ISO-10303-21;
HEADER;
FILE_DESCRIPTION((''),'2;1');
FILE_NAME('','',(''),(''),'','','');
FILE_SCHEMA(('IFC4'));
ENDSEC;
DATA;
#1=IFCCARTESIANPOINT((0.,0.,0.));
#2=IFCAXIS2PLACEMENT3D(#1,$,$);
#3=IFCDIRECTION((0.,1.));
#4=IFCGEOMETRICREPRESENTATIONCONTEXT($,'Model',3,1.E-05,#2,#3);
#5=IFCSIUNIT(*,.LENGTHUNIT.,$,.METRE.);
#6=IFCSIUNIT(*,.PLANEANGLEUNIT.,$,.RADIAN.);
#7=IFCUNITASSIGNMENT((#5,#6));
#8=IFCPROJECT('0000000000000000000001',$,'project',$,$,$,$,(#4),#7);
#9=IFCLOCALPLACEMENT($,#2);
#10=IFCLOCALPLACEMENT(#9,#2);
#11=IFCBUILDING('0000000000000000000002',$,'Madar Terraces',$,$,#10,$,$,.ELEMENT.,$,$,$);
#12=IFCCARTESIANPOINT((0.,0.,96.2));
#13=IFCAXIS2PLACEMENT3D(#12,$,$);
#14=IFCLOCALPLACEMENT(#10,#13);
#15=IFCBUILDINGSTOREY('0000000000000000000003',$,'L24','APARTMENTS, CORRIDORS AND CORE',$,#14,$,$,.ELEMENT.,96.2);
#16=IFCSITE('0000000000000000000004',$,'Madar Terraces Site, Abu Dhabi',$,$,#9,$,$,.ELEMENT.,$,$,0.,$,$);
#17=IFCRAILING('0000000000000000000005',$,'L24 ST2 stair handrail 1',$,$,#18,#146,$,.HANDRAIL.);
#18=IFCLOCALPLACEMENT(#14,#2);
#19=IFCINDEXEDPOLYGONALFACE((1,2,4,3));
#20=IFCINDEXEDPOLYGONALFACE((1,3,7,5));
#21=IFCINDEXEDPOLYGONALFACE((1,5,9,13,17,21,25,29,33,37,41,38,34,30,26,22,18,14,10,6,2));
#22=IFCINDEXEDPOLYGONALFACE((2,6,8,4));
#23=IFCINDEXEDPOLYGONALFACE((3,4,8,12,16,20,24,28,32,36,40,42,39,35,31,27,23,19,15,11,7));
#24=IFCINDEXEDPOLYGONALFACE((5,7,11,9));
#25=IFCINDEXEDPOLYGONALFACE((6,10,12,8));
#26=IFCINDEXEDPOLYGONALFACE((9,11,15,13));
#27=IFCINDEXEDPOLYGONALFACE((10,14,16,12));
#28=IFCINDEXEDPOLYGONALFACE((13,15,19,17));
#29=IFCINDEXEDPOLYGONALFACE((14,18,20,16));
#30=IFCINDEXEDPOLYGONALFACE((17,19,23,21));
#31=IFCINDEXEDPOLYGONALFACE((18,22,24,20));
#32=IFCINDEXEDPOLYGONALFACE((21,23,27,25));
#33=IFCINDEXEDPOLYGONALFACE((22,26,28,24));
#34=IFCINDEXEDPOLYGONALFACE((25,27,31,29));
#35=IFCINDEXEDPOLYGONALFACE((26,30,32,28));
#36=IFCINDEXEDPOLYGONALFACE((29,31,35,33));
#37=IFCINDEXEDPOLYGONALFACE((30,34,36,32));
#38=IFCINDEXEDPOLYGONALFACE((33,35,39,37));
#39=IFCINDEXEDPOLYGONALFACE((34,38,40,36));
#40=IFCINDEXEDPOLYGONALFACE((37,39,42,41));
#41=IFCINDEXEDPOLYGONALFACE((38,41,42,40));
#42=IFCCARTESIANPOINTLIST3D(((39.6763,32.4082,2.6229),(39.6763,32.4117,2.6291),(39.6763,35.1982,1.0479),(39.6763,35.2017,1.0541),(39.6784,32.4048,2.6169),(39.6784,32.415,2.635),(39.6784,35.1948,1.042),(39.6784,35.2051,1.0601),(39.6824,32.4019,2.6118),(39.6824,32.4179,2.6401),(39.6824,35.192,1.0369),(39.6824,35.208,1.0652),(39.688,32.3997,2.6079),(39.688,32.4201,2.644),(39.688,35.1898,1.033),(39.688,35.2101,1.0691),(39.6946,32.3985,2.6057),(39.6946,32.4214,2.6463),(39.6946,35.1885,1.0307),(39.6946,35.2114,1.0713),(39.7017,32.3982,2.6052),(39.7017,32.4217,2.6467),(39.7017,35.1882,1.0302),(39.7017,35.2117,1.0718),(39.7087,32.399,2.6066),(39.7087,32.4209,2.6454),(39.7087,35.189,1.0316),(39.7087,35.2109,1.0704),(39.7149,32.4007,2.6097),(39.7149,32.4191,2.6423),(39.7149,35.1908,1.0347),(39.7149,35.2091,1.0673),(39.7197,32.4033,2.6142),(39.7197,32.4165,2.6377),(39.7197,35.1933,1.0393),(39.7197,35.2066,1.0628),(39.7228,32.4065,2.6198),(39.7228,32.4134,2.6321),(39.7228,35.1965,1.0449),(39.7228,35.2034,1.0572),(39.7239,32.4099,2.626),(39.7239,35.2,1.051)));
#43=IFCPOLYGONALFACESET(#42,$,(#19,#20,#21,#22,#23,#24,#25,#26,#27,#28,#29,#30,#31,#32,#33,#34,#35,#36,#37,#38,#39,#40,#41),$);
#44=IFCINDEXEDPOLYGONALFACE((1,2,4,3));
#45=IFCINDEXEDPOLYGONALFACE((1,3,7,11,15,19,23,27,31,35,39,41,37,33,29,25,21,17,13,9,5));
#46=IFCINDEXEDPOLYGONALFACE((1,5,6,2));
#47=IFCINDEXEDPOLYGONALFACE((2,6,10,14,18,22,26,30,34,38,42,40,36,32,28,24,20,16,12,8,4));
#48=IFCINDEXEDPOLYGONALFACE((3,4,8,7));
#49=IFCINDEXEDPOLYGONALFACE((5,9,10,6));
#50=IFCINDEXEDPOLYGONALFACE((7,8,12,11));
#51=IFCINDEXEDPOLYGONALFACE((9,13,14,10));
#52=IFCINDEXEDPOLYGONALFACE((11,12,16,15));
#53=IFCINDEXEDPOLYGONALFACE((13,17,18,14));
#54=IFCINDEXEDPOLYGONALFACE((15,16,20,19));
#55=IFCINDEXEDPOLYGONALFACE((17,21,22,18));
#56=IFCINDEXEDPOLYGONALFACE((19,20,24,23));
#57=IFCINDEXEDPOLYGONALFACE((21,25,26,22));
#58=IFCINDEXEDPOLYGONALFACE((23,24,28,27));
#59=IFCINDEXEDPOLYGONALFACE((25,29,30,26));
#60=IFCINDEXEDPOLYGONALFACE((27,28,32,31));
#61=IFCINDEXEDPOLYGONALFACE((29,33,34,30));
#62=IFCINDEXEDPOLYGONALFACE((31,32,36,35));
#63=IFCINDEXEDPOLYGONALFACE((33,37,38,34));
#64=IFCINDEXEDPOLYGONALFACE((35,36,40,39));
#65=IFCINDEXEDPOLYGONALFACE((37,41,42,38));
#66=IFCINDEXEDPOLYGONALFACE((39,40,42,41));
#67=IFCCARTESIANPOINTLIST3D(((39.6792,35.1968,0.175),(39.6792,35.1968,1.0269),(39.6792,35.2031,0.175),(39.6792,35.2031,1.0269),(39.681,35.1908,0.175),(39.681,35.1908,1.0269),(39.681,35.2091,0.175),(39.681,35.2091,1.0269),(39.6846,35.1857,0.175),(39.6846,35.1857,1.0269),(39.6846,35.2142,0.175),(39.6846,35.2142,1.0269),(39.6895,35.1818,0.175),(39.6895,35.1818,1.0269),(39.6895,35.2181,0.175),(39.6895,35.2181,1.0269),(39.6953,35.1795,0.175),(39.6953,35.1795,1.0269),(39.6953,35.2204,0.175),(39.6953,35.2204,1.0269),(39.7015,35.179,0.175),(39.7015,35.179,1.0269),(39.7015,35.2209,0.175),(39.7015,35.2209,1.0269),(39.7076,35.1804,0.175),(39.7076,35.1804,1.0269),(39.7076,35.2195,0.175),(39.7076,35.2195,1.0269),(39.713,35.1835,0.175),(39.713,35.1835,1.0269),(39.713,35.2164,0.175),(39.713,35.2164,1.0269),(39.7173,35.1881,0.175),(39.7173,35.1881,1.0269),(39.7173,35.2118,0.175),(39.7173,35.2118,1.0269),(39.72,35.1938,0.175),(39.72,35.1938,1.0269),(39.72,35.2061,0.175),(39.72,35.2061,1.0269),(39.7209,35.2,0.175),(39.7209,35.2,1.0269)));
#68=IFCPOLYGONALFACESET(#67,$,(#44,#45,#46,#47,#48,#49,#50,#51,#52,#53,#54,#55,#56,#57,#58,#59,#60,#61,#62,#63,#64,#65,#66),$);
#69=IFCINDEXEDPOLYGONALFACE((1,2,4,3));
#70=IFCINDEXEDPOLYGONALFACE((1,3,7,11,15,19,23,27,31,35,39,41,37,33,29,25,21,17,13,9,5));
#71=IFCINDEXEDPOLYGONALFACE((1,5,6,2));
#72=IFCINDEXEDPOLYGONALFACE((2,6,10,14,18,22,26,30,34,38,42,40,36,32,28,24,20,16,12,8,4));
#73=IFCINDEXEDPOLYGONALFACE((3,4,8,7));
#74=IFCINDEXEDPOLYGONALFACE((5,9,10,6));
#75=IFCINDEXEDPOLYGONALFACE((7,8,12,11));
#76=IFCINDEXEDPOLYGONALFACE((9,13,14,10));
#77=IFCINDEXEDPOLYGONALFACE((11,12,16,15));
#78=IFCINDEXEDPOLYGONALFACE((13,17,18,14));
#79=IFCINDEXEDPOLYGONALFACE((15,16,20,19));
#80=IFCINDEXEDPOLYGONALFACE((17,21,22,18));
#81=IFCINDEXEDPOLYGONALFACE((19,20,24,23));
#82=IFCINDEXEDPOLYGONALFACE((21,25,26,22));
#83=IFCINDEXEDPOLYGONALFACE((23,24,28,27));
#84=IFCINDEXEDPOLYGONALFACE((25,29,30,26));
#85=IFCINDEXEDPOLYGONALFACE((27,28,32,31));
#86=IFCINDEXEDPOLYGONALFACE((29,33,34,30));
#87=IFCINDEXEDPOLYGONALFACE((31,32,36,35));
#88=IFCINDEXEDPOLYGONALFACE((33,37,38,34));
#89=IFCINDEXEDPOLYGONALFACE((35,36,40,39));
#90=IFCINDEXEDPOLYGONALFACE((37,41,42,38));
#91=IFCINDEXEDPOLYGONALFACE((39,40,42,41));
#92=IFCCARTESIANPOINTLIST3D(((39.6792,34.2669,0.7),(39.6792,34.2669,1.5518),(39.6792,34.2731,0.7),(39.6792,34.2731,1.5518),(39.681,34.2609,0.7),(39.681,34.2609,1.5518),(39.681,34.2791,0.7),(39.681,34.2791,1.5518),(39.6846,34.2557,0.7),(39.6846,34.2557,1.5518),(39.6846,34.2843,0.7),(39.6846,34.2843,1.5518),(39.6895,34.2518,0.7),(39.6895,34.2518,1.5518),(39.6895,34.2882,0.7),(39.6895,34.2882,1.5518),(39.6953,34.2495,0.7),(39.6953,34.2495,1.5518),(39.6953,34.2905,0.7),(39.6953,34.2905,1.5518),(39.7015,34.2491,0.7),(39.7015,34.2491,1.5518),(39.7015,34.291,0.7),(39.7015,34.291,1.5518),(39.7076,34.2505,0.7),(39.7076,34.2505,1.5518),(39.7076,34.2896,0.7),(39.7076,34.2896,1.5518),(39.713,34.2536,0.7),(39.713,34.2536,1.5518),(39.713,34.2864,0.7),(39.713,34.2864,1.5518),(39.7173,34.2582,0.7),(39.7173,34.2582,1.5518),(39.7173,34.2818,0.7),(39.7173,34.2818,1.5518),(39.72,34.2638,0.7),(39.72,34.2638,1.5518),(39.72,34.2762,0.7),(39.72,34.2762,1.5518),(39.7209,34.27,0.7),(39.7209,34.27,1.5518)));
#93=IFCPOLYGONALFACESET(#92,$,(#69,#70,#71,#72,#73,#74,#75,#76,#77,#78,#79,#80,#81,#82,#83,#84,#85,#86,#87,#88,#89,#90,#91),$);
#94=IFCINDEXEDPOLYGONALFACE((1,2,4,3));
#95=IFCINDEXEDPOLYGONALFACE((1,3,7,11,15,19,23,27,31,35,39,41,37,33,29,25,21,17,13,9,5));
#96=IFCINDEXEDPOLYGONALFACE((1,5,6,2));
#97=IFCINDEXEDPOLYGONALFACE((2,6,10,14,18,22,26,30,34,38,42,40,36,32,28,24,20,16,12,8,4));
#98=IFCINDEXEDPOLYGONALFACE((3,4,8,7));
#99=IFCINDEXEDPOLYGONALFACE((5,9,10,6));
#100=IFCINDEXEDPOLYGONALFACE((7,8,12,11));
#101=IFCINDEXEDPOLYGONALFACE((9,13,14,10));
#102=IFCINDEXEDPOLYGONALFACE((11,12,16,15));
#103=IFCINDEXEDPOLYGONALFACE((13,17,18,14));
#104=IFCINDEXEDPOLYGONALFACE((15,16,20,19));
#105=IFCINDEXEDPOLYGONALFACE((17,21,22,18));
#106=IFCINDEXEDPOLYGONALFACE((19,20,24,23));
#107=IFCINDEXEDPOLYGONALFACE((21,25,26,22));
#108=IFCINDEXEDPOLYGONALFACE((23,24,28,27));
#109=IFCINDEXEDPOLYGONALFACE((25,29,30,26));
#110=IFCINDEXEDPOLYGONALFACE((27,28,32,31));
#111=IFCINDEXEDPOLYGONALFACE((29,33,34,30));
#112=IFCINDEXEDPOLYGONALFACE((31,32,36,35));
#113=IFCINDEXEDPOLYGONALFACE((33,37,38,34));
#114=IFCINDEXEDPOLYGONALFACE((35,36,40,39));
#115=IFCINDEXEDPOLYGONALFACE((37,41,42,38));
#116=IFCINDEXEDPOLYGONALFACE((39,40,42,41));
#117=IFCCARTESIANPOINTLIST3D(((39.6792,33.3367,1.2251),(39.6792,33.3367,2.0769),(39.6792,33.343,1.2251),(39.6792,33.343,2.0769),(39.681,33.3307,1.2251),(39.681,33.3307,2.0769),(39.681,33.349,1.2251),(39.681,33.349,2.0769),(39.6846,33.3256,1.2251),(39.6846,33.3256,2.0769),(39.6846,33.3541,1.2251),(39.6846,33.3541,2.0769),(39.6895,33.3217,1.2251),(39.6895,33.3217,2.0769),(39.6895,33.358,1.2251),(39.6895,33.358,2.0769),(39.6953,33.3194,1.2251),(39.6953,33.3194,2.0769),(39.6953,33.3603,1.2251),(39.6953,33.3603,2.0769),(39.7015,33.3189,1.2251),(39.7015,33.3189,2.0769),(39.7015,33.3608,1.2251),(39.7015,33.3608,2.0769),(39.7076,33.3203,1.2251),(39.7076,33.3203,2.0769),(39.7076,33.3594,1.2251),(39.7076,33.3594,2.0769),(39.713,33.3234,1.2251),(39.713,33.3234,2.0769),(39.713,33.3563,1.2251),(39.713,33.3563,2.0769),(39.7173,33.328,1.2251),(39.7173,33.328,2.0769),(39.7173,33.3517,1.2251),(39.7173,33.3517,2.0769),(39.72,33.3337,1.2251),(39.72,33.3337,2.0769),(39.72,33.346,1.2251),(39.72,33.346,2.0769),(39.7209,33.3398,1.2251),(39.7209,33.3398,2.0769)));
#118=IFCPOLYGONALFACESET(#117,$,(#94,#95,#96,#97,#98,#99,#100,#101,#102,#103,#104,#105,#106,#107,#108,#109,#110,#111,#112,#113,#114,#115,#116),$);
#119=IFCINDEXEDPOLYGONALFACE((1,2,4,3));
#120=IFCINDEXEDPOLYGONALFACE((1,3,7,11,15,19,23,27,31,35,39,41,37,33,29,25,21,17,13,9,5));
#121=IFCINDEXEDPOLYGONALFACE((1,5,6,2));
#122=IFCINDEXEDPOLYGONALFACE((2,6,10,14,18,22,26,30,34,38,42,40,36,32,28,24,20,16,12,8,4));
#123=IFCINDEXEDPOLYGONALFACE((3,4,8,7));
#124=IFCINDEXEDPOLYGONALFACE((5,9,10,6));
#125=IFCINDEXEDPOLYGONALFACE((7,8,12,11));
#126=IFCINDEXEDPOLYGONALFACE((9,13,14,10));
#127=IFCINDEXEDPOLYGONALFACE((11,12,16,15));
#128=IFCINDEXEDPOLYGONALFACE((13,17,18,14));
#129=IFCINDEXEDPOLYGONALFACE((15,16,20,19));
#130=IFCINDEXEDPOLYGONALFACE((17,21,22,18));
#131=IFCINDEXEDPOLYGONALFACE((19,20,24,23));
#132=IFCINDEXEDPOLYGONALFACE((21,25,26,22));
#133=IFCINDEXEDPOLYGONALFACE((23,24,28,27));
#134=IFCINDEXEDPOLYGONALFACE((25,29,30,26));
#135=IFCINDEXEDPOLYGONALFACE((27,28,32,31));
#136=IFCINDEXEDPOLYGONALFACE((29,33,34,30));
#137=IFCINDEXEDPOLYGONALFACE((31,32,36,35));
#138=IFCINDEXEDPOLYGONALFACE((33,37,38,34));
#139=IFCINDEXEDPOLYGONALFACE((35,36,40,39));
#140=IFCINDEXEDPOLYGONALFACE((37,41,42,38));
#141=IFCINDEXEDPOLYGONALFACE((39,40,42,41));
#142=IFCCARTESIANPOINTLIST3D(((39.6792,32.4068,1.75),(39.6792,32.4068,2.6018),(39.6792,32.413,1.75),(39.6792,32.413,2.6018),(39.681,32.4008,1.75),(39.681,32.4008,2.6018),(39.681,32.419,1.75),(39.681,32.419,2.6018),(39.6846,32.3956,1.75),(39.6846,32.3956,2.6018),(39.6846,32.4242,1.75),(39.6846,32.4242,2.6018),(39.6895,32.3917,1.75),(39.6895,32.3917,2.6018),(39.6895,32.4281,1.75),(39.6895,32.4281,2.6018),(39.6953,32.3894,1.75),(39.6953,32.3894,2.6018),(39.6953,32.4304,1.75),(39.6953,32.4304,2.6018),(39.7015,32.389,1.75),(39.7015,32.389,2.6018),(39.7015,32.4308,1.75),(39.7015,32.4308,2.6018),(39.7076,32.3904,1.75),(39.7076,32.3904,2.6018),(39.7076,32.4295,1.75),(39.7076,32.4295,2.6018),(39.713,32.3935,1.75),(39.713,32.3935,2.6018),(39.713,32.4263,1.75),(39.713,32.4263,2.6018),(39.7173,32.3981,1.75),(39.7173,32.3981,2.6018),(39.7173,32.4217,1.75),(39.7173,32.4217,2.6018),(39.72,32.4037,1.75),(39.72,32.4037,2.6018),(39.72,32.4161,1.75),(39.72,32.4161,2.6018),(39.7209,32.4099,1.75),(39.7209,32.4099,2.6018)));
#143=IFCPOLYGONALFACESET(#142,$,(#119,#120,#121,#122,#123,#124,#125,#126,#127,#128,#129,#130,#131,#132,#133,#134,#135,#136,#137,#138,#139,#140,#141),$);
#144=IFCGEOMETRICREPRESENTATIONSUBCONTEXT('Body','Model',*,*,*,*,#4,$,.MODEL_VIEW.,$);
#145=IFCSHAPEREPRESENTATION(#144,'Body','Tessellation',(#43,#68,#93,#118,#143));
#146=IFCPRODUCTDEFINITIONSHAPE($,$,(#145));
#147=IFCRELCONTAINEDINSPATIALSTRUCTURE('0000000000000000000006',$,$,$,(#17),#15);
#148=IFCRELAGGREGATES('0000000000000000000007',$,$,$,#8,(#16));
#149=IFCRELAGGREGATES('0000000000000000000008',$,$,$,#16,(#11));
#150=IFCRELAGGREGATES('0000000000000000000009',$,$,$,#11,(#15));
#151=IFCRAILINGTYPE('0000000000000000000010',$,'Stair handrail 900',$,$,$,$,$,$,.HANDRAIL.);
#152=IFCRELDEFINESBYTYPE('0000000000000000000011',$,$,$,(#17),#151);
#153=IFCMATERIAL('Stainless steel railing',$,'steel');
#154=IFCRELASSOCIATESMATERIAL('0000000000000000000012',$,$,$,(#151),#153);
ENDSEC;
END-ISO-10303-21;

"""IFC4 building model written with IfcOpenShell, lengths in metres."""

from ifc_helpers import new_model, si_unit, direction, frame, origin, origin_2d, place, context, subcontext, project, spatial, circle, extrude, material, type_object, element, save


model = new_model("IFC4")

# Units and contexts
model_context = context("Model", 3, precision=1e-05, world=origin(), true_north=direction((0.0, 1.0)))
body_context = subcontext(model_context, "Body", "Model", "MODEL_VIEW")
ifc_project = project(units=[si_unit("LENGTHUNIT", "METRE"), si_unit("PLANEANGLEUNIT", "RADIAN")], contexts=[model_context])

# Site, building, storey
site_placement = place(None, origin())
site = spatial("IfcSite", under=ifc_project, at=site_placement, Name="Madar Terraces Site, Abu Dhabi", CompositionType="ELEMENT", RefElevation=0.0)
building_placement = place(site_placement, origin())
building = spatial("IfcBuilding", under=site, at=building_placement, Name="Madar Terraces", CompositionType="ELEMENT")
storey_placement = place(building_placement, frame((0.0, 0.0, 96.2)))
storey = spatial("IfcBuildingStorey", under=building, at=storey_placement, Name="L24", Description="APARTMENTS, CORRIDORS AND CORE", CompositionType="ELEMENT", Elevation=96.2)

# Railing
ifc_material_1 = material(Name="Stainless steel railing", Category="steel")
railing_type_1 = type_object("IfcRailingType", Name="Stair handrail 900", PredefinedType="HANDRAIL", material=ifc_material_1)
railing_1_placement = place(storey_placement, frame((39.7, 35.2, 0.175)))
element("IfcRailing", 1, at=railing_1_placement, inside=storey, type_object=railing_type_1, Name="L24 ST2 stair handrail 1", PredefinedType="HANDRAIL", context=body_context, shape_type="SweptSolid", body=[
    extrude(circle(Radius=0.0239, at=origin_2d()), frame((0.0, 0.0, 0.876), z_axis=(0.0, -0.870834, 0.491578), x_axis=(1.0, 0.0, 0.0)), (0.0, 0.0, 1.0), 3.2039),
    extrude(circle(Radius=0.021, at=origin_2d()), origin(), (0.0, 0.0, 1.0), 0.8518),
    extrude(circle(Radius=0.021, at=origin_2d()), frame((0.0, -0.9299, 0.5249)), (0.0, 0.0, 1.0), 0.8518),
    extrude(circle(Radius=0.021, at=origin_2d()), frame((0.0, -1.8601, 1.05)), (0.0, 0.0, 1.0), 0.8518),
    extrude(circle(Radius=0.021, at=origin_2d()), frame((0.0, -2.79, 1.575)), (0.0, 0.0, 1.0), 0.8518),
])

save(model, "model.ifc")
